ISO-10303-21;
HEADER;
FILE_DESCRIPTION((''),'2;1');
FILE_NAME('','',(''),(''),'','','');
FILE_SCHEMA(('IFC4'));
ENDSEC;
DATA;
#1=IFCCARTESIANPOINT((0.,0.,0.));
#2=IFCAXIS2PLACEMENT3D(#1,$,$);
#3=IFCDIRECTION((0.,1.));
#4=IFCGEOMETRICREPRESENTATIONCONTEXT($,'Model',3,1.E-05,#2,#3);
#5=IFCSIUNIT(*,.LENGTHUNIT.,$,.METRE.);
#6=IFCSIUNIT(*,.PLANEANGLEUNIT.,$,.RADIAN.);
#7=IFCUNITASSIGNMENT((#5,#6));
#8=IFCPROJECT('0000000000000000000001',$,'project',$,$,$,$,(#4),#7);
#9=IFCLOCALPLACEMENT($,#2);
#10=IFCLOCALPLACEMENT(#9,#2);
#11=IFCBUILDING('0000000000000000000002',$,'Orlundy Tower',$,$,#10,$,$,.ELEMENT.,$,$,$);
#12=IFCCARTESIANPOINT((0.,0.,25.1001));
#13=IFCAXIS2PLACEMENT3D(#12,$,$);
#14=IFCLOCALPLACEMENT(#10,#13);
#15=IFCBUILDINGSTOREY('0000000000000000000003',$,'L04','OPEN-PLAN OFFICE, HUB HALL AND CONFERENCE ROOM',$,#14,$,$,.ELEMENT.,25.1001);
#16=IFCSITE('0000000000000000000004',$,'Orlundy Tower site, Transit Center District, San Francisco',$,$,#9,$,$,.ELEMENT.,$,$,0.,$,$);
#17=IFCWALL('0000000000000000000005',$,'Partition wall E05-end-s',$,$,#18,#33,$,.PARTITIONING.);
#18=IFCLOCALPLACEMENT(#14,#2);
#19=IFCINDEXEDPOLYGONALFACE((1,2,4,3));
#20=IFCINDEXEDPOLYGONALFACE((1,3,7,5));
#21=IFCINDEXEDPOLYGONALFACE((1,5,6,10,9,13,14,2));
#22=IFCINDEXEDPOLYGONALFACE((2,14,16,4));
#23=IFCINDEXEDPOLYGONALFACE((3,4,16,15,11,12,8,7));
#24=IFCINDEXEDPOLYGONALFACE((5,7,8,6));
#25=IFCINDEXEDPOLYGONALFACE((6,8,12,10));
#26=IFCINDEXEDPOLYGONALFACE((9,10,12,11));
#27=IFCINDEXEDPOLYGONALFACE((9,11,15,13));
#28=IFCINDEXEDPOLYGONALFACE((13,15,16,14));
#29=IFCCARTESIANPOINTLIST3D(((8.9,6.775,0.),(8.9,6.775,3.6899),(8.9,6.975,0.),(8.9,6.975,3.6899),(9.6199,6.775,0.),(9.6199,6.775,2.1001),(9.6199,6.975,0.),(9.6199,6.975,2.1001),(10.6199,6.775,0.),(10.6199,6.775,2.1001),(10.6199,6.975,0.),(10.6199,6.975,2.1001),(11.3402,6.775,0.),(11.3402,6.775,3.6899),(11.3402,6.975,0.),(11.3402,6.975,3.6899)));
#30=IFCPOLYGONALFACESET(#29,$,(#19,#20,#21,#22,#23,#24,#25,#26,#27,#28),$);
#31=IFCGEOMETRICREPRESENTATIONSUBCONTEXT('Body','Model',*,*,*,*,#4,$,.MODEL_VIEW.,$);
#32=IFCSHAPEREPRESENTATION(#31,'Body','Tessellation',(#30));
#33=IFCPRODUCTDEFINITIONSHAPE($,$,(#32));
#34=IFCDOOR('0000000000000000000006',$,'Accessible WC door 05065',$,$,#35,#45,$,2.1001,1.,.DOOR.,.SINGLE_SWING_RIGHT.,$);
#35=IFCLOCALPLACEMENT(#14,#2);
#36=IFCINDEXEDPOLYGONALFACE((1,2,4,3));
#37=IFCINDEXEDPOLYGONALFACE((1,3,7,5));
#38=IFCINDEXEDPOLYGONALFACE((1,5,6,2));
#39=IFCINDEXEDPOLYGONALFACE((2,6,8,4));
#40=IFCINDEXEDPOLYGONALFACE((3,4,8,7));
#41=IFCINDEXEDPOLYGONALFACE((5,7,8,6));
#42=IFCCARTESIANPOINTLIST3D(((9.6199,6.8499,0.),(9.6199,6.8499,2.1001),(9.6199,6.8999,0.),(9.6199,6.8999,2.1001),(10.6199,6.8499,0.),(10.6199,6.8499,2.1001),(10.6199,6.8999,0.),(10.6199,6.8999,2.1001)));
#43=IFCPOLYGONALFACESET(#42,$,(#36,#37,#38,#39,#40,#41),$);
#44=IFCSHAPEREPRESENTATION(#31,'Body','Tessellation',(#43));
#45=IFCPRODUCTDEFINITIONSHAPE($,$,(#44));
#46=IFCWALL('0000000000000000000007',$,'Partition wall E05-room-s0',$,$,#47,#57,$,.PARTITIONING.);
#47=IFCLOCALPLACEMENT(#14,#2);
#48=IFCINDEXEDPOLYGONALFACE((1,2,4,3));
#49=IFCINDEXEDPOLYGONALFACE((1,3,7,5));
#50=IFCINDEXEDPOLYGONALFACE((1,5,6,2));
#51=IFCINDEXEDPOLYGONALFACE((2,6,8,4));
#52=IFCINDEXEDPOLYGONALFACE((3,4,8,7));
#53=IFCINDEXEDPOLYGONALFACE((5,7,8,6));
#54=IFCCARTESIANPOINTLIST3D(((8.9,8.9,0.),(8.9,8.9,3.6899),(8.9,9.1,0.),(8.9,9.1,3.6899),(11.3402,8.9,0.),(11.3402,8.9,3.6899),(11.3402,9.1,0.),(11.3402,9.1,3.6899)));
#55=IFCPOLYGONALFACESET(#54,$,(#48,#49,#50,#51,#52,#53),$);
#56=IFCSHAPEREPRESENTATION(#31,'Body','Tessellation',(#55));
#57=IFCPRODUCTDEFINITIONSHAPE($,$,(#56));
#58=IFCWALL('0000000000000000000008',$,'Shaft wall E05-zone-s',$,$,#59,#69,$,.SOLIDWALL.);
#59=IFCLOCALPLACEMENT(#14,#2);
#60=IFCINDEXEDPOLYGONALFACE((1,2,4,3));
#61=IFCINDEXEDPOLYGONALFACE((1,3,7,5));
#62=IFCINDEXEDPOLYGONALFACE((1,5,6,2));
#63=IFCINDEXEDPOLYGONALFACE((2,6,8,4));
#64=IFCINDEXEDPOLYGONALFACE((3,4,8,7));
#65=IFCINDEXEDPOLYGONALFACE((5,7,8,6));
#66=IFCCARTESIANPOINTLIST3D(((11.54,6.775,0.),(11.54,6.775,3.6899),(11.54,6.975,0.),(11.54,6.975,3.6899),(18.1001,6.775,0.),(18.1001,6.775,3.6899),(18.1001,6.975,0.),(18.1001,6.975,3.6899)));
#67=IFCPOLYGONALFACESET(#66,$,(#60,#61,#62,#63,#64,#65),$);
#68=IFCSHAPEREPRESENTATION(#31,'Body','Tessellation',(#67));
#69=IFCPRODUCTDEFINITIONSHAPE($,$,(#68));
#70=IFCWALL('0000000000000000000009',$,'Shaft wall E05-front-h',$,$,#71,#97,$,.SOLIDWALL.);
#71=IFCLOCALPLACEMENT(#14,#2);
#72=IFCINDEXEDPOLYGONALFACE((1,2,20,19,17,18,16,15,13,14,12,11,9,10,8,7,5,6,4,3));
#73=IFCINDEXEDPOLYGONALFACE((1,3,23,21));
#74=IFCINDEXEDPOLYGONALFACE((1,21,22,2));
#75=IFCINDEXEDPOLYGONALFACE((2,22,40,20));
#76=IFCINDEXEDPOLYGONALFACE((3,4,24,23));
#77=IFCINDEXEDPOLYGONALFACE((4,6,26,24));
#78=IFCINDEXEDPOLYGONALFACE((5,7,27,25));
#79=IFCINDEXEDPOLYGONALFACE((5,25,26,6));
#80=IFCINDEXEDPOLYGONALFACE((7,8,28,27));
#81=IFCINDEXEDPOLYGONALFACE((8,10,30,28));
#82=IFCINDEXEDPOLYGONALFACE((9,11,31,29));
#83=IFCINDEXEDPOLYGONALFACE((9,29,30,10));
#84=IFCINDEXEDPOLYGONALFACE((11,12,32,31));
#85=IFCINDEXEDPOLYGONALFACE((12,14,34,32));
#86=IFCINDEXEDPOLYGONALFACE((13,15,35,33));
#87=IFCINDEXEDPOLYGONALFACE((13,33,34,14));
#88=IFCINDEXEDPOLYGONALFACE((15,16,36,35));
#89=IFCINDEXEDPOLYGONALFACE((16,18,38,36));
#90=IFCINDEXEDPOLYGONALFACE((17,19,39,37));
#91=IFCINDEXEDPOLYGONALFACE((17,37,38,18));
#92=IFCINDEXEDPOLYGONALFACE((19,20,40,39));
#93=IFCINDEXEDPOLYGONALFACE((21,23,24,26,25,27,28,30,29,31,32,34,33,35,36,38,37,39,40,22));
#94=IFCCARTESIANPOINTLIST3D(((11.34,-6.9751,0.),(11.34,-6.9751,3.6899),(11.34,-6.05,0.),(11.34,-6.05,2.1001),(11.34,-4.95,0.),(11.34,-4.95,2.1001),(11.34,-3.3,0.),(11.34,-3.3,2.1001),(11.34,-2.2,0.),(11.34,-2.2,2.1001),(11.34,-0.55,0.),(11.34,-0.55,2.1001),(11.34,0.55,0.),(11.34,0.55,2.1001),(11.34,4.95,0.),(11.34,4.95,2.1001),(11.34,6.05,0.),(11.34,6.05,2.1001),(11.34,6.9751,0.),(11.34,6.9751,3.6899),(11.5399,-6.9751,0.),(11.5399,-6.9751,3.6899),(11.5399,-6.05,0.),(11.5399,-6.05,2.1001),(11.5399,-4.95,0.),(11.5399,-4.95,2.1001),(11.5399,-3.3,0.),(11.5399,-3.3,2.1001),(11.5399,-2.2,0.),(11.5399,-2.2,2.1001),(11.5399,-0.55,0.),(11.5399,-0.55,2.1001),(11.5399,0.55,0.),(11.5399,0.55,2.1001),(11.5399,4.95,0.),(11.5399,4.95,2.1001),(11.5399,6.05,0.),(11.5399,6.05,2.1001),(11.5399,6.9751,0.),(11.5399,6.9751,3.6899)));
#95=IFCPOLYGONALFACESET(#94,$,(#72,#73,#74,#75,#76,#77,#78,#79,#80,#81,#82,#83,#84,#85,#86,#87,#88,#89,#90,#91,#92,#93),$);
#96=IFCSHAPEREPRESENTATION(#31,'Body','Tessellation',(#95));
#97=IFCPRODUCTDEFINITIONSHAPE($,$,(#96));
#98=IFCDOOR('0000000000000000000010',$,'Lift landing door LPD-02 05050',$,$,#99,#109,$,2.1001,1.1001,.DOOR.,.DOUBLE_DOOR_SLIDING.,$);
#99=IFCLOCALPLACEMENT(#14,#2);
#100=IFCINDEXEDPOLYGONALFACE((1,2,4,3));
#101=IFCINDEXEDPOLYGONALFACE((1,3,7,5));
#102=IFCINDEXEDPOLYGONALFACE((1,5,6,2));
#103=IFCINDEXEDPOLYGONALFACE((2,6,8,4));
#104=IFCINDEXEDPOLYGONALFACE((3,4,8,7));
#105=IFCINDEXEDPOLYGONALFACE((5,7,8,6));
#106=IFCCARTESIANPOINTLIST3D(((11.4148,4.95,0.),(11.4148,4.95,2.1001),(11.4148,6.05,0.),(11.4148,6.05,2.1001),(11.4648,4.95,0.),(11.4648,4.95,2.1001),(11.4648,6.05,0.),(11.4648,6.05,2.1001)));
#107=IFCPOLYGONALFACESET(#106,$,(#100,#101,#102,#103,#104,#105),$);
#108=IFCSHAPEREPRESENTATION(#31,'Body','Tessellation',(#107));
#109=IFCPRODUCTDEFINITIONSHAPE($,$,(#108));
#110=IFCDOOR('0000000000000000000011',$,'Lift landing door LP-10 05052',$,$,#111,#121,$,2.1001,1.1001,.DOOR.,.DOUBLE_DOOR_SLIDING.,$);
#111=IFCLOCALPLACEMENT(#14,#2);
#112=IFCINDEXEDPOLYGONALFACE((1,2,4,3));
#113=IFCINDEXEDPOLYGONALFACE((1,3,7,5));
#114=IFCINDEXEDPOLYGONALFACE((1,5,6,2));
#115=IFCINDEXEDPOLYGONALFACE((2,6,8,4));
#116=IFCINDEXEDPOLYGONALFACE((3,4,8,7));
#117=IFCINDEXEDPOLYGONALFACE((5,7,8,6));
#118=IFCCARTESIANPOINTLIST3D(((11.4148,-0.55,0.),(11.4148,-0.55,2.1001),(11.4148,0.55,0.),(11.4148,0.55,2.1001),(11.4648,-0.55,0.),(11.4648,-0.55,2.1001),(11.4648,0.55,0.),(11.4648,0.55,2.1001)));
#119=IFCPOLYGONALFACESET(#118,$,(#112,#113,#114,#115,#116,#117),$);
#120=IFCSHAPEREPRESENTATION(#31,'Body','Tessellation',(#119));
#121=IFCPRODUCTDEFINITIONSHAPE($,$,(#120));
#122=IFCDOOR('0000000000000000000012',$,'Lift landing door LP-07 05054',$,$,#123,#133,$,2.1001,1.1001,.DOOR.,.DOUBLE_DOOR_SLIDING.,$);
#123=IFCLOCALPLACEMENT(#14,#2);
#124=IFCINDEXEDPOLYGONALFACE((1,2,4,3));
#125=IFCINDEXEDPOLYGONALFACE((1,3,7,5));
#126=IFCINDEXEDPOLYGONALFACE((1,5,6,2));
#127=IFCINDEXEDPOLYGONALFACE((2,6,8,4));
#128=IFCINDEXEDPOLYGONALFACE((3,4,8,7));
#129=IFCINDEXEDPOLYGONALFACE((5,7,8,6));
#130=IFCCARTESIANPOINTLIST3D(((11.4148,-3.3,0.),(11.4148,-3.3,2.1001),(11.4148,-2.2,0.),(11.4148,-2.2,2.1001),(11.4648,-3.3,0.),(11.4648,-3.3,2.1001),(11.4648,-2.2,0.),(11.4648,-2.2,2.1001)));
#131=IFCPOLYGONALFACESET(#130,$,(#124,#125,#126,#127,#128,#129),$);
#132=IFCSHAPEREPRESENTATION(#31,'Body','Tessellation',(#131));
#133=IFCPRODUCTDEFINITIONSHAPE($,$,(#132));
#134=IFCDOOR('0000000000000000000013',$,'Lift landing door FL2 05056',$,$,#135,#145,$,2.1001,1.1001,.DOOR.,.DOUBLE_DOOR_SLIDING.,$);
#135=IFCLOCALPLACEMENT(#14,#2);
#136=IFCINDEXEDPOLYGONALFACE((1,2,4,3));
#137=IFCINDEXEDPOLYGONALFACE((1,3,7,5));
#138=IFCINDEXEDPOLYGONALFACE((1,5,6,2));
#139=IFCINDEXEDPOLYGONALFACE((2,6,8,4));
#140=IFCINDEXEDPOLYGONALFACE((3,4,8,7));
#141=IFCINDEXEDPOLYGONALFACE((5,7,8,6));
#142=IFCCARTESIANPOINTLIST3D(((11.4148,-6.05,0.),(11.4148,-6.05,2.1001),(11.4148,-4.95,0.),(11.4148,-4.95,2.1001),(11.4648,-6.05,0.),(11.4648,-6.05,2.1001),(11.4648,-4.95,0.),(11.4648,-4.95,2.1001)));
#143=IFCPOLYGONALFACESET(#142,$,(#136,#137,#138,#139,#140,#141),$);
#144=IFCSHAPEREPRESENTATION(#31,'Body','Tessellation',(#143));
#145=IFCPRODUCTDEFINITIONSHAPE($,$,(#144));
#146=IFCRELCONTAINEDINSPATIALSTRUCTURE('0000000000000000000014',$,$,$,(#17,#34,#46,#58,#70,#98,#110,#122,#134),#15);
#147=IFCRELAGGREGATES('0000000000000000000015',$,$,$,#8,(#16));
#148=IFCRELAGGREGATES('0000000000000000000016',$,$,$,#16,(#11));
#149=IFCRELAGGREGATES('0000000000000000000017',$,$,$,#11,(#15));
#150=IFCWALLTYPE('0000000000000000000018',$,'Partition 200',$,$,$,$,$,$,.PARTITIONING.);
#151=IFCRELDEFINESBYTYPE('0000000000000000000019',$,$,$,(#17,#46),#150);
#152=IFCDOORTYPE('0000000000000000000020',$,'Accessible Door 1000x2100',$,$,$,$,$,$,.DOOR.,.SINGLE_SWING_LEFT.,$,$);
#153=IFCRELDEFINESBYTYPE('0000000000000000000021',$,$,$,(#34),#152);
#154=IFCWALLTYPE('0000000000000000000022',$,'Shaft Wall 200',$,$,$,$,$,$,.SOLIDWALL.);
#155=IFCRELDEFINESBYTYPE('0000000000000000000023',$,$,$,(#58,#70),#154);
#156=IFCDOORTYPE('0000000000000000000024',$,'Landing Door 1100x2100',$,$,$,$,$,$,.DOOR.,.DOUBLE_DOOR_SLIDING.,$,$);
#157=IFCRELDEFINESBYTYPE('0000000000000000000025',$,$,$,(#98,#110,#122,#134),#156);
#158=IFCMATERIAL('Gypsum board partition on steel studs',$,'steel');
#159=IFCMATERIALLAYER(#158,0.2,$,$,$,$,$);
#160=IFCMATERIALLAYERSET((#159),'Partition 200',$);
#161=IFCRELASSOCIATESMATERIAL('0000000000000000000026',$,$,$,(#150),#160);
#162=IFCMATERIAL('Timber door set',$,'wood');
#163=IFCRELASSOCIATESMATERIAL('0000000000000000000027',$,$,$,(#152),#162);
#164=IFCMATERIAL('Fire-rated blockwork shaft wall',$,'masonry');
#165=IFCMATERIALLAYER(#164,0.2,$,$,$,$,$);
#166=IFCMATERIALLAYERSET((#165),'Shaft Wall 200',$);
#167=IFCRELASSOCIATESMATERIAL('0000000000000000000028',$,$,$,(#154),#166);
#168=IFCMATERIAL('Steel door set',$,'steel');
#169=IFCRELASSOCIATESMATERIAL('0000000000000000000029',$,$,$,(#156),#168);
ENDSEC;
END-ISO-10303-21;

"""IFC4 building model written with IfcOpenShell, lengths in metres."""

from ifc_helpers import new_model, si_unit, direction, frame, frame_2d, origin, place, context, subcontext, project, spatial, rectangle, extrude, material, layer, layer_set, type_object, element, fill, save


model = new_model("IFC4")

# Units and contexts
model_context = context("Model", 3, precision=1e-05, world=origin(), true_north=direction((0.0, 1.0)))
body_context = subcontext(model_context, "Body", "Model", "MODEL_VIEW")
ifc_project = project(units=[si_unit("LENGTHUNIT", "METRE"), si_unit("PLANEANGLEUNIT", "RADIAN")], contexts=[model_context])

# Site, building, storey
site_placement = place(None, origin())
site = spatial("IfcSite", under=ifc_project, at=site_placement, Name="Orlundy Tower site, Transit Center District, San Francisco", CompositionType="ELEMENT", RefElevation=0.0)
building_placement = place(site_placement, origin())
building = spatial("IfcBuilding", under=site, at=building_placement, Name="Orlundy Tower", CompositionType="ELEMENT")
storey_placement = place(building_placement, frame((0.0, 0.0, 25.1001)))
storey = spatial("IfcBuildingStorey", under=building, at=storey_placement, Name="L04", Description="OPEN-PLAN OFFICE, HUB HALL AND CONFERENCE ROOM", CompositionType="ELEMENT", Elevation=25.1001)

# Wall, opening, door
ifc_material_1 = material(Name="Gypsum board partition on steel studs", Category="steel")
ifc_layer_1 = layer(ifc_material_1, 0.2)
ifc_layer_set_1 = layer_set([ifc_layer_1], Name="Partition 200")
wall_type_1 = type_object("IfcWallType", Name="Partition 200", PredefinedType="PARTITIONING", material=ifc_layer_set_1)
wall_1_placement = place(storey_placement, frame((8.8999, 6.875, 0.0), z_axis=(0.0, 0.0, 1.0), x_axis=(1.0, 0.0, 0.0)))
wall_1 = element("IfcWall", 1, at=wall_1_placement, inside=storey, type_object=wall_type_1, Name="Partition wall E05-end-s", PredefinedType="PARTITIONING", context=body_context, shape_type="SweptSolid", body=[
    extrude(rectangle(XDim=2.4402, YDim=0.2, at=frame_2d((1.2202, 0.0))), origin(), (0.0, 0.0, 1.0), 3.6899),
])
opening_1_placement = place(wall_1_placement, frame((0.72, 0.0, 0.0)))
opening_1 = element("IfcOpeningElement", 2, at=opening_1_placement, cuts=wall_1, PredefinedType="OPENING", context=body_context, shape_type="SweptSolid", body=[
    extrude(rectangle(XDim=1.0, YDim=2.1001, at=frame_2d((0.5, 1.05))), frame((0.0, 0.1101, 0.0), z_axis=(0.0, -1.0, 0.0), x_axis=(1.0, 0.0, 0.0)), (0.0, 0.0, 1.0), 0.2202),
])
ifc_material_2 = material(Name="Timber door set", Category="wood")
door_type_1 = type_object("IfcDoorType", Name="Accessible Door 1000x2100", OperationType="SINGLE_SWING_LEFT", PredefinedType="DOOR", material=ifc_material_2)
door_1_placement = place(opening_1_placement, origin())
door_1 = element("IfcDoor", 3, at=door_1_placement, inside=storey, type_object=door_type_1, Name="Accessible WC door 05065", OperationType="SINGLE_SWING_RIGHT", OverallHeight=2.1001, OverallWidth=1.0, PredefinedType="DOOR", context=body_context, shape_type="SweptSolid", body=[
    extrude(rectangle(XDim=1.0, YDim=2.1001, at=frame_2d((0.5, 1.05))), frame((0.0, 0.0249, 0.0), z_axis=(0.0, -1.0, 0.0), x_axis=(1.0, 0.0, 0.0)), (0.0, 0.0, 1.0), 0.05),
])
fill(opening_1, door_1)

# Walls
wall_2_placement = place(storey_placement, frame((8.8999, 9.0, 0.0), z_axis=(0.0, 0.0, 1.0), x_axis=(1.0, 0.0, 0.0)))
element("IfcWall", 4, at=wall_2_placement, inside=storey, type_object=wall_type_1, Name="Partition wall E05-room-s0", PredefinedType="PARTITIONING", context=body_context, shape_type="SweptSolid", body=[
    extrude(rectangle(XDim=2.4402, YDim=0.2, at=frame_2d((1.2202, 0.0))), origin(), (0.0, 0.0, 1.0), 3.6899),
])
ifc_material_3 = material(Name="Fire-rated blockwork shaft wall", Category="masonry")
ifc_layer_2 = layer(ifc_material_3, 0.2)
ifc_layer_set_2 = layer_set([ifc_layer_2], Name="Shaft Wall 200")
wall_type_2 = type_object("IfcWallType", Name="Shaft Wall 200", PredefinedType="SOLIDWALL", material=ifc_layer_set_2)
wall_3_placement = place(storey_placement, frame((11.54, 6.875, 0.0), z_axis=(0.0, 0.0, 1.0), x_axis=(1.0, 0.0, 0.0)))
element("IfcWall", 5, at=wall_3_placement, inside=storey, type_object=wall_type_2, Name="Shaft wall E05-zone-s", PredefinedType="SOLIDWALL", context=body_context, shape_type="SweptSolid", body=[
    extrude(rectangle(XDim=6.5601, YDim=0.2, at=frame_2d((3.28, 0.0))), origin(), (0.0, 0.0, 1.0), 3.6899),
])

# Wall, openings, doors
wall_4_placement = place(storey_placement, frame((11.4399, 6.9751, 0.0), z_axis=(0.0, 0.0, 1.0), x_axis=(0.0, -1.0, 0.0)))
wall_4 = element("IfcWall", 6, at=wall_4_placement, inside=storey, type_object=wall_type_2, Name="Shaft wall E05-front-h", PredefinedType="SOLIDWALL", context=body_context, shape_type="SweptSolid", body=[
    extrude(rectangle(XDim=13.9502, YDim=0.2, at=frame_2d((6.9751, 0.0))), origin(), (0.0, 0.0, 1.0), 3.6899),
])
opening_2_placement = place(wall_4_placement, frame((0.925, 0.0, 0.0)))
opening_2 = element("IfcOpeningElement", 7, at=opening_2_placement, cuts=wall_4, PredefinedType="OPENING", context=body_context, shape_type="SweptSolid", body=[
    extrude(rectangle(XDim=1.1001, YDim=2.1001, at=frame_2d((0.55, 1.05))), frame((0.0, 0.1101, 0.0), z_axis=(0.0, -1.0, 0.0), x_axis=(1.0, 0.0, 0.0)), (0.0, 0.0, 1.0), 0.2202),
])
opening_3_placement = place(wall_4_placement, frame((6.425, 0.0, 0.0)))
opening_3 = element("IfcOpeningElement", 8, at=opening_3_placement, cuts=wall_4, PredefinedType="OPENING", context=body_context, shape_type="SweptSolid", body=[
    extrude(rectangle(XDim=1.1001, YDim=2.1001, at=frame_2d((0.55, 1.05))), frame((0.0, 0.1101, 0.0), z_axis=(0.0, -1.0, 0.0), x_axis=(1.0, 0.0, 0.0)), (0.0, 0.0, 1.0), 0.2202),
])
opening_4_placement = place(wall_4_placement, frame((9.175, 0.0, 0.0)))
opening_4 = element("IfcOpeningElement", 9, at=opening_4_placement, cuts=wall_4, PredefinedType="OPENING", context=body_context, shape_type="SweptSolid", body=[
    extrude(rectangle(XDim=1.1001, YDim=2.1001, at=frame_2d((0.55, 1.05))), frame((0.0, 0.1101, 0.0), z_axis=(0.0, -1.0, 0.0), x_axis=(1.0, 0.0, 0.0)), (0.0, 0.0, 1.0), 0.2202),
])
opening_5_placement = place(wall_4_placement, frame((11.925, 0.0, 0.0)))
opening_5 = element("IfcOpeningElement", 10, at=opening_5_placement, cuts=wall_4, PredefinedType="OPENING", context=body_context, shape_type="SweptSolid", body=[
    extrude(rectangle(XDim=1.1001, YDim=2.1001, at=frame_2d((0.55, 1.05))), frame((0.0, 0.1101, 0.0), z_axis=(0.0, -1.0, 0.0), x_axis=(1.0, 0.0, 0.0)), (0.0, 0.0, 1.0), 0.2202),
])
ifc_material_4 = material(Name="Steel door set", Category="steel")
door_type_2 = type_object("IfcDoorType", Name="Landing Door 1100x2100", OperationType="DOUBLE_DOOR_SLIDING", PredefinedType="DOOR", material=ifc_material_4)
door_2_placement = place(opening_2_placement, origin())
door_2 = element("IfcDoor", 11, at=door_2_placement, inside=storey, type_object=door_type_2, Name="Lift landing door LPD-02 05050", OperationType="DOUBLE_DOOR_SLIDING", OverallHeight=2.1001, OverallWidth=1.1001, PredefinedType="DOOR", context=body_context, shape_type="SweptSolid", body=[
    extrude(rectangle(XDim=1.1001, YDim=2.1001, at=frame_2d((0.55, 1.05))), frame((0.0, 0.0249, 0.0), z_axis=(0.0, -1.0, 0.0), x_axis=(1.0, 0.0, 0.0)), (0.0, 0.0, 1.0), 0.05),
])
fill(opening_2, door_2)
door_3_placement = place(opening_3_placement, origin())
door_3 = element("IfcDoor", 12, at=door_3_placement, inside=storey, type_object=door_type_2, Name="Lift landing door LP-10 05052", OperationType="DOUBLE_DOOR_SLIDING", OverallHeight=2.1001, OverallWidth=1.1001, PredefinedType="DOOR", context=body_context, shape_type="SweptSolid", body=[
    extrude(rectangle(XDim=1.1001, YDim=2.1001, at=frame_2d((0.55, 1.05))), frame((0.0, 0.0249, 0.0), z_axis=(0.0, -1.0, 0.0), x_axis=(1.0, 0.0, 0.0)), (0.0, 0.0, 1.0), 0.05),
])
fill(opening_3, door_3)
door_4_placement = place(opening_4_placement, origin())
door_4 = element("IfcDoor", 13, at=door_4_placement, inside=storey, type_object=door_type_2, Name="Lift landing door LP-07 05054", OperationType="DOUBLE_DOOR_SLIDING", OverallHeight=2.1001, OverallWidth=1.1001, PredefinedType="DOOR", context=body_context, shape_type="SweptSolid", body=[
    extrude(rectangle(XDim=1.1001, YDim=2.1001, at=frame_2d((0.55, 1.05))), frame((0.0, 0.0249, 0.0), z_axis=(0.0, -1.0, 0.0), x_axis=(1.0, 0.0, 0.0)), (0.0, 0.0, 1.0), 0.05),
])
fill(opening_4, door_4)
door_5_placement = place(opening_5_placement, origin())
door_5 = element("IfcDoor", 14, at=door_5_placement, inside=storey, type_object=door_type_2, Name="Lift landing door FL2 05056", OperationType="DOUBLE_DOOR_SLIDING", OverallHeight=2.1001, OverallWidth=1.1001, PredefinedType="DOOR", context=body_context, shape_type="SweptSolid", body=[
    extrude(rectangle(XDim=1.1001, YDim=2.1001, at=frame_2d((0.55, 1.05))), frame((0.0, 0.0249, 0.0), z_axis=(0.0, -1.0, 0.0), x_axis=(1.0, 0.0, 0.0)), (0.0, 0.0, 1.0), 0.05),
])
fill(opening_5, door_5)

save(model, "model.ifc")
